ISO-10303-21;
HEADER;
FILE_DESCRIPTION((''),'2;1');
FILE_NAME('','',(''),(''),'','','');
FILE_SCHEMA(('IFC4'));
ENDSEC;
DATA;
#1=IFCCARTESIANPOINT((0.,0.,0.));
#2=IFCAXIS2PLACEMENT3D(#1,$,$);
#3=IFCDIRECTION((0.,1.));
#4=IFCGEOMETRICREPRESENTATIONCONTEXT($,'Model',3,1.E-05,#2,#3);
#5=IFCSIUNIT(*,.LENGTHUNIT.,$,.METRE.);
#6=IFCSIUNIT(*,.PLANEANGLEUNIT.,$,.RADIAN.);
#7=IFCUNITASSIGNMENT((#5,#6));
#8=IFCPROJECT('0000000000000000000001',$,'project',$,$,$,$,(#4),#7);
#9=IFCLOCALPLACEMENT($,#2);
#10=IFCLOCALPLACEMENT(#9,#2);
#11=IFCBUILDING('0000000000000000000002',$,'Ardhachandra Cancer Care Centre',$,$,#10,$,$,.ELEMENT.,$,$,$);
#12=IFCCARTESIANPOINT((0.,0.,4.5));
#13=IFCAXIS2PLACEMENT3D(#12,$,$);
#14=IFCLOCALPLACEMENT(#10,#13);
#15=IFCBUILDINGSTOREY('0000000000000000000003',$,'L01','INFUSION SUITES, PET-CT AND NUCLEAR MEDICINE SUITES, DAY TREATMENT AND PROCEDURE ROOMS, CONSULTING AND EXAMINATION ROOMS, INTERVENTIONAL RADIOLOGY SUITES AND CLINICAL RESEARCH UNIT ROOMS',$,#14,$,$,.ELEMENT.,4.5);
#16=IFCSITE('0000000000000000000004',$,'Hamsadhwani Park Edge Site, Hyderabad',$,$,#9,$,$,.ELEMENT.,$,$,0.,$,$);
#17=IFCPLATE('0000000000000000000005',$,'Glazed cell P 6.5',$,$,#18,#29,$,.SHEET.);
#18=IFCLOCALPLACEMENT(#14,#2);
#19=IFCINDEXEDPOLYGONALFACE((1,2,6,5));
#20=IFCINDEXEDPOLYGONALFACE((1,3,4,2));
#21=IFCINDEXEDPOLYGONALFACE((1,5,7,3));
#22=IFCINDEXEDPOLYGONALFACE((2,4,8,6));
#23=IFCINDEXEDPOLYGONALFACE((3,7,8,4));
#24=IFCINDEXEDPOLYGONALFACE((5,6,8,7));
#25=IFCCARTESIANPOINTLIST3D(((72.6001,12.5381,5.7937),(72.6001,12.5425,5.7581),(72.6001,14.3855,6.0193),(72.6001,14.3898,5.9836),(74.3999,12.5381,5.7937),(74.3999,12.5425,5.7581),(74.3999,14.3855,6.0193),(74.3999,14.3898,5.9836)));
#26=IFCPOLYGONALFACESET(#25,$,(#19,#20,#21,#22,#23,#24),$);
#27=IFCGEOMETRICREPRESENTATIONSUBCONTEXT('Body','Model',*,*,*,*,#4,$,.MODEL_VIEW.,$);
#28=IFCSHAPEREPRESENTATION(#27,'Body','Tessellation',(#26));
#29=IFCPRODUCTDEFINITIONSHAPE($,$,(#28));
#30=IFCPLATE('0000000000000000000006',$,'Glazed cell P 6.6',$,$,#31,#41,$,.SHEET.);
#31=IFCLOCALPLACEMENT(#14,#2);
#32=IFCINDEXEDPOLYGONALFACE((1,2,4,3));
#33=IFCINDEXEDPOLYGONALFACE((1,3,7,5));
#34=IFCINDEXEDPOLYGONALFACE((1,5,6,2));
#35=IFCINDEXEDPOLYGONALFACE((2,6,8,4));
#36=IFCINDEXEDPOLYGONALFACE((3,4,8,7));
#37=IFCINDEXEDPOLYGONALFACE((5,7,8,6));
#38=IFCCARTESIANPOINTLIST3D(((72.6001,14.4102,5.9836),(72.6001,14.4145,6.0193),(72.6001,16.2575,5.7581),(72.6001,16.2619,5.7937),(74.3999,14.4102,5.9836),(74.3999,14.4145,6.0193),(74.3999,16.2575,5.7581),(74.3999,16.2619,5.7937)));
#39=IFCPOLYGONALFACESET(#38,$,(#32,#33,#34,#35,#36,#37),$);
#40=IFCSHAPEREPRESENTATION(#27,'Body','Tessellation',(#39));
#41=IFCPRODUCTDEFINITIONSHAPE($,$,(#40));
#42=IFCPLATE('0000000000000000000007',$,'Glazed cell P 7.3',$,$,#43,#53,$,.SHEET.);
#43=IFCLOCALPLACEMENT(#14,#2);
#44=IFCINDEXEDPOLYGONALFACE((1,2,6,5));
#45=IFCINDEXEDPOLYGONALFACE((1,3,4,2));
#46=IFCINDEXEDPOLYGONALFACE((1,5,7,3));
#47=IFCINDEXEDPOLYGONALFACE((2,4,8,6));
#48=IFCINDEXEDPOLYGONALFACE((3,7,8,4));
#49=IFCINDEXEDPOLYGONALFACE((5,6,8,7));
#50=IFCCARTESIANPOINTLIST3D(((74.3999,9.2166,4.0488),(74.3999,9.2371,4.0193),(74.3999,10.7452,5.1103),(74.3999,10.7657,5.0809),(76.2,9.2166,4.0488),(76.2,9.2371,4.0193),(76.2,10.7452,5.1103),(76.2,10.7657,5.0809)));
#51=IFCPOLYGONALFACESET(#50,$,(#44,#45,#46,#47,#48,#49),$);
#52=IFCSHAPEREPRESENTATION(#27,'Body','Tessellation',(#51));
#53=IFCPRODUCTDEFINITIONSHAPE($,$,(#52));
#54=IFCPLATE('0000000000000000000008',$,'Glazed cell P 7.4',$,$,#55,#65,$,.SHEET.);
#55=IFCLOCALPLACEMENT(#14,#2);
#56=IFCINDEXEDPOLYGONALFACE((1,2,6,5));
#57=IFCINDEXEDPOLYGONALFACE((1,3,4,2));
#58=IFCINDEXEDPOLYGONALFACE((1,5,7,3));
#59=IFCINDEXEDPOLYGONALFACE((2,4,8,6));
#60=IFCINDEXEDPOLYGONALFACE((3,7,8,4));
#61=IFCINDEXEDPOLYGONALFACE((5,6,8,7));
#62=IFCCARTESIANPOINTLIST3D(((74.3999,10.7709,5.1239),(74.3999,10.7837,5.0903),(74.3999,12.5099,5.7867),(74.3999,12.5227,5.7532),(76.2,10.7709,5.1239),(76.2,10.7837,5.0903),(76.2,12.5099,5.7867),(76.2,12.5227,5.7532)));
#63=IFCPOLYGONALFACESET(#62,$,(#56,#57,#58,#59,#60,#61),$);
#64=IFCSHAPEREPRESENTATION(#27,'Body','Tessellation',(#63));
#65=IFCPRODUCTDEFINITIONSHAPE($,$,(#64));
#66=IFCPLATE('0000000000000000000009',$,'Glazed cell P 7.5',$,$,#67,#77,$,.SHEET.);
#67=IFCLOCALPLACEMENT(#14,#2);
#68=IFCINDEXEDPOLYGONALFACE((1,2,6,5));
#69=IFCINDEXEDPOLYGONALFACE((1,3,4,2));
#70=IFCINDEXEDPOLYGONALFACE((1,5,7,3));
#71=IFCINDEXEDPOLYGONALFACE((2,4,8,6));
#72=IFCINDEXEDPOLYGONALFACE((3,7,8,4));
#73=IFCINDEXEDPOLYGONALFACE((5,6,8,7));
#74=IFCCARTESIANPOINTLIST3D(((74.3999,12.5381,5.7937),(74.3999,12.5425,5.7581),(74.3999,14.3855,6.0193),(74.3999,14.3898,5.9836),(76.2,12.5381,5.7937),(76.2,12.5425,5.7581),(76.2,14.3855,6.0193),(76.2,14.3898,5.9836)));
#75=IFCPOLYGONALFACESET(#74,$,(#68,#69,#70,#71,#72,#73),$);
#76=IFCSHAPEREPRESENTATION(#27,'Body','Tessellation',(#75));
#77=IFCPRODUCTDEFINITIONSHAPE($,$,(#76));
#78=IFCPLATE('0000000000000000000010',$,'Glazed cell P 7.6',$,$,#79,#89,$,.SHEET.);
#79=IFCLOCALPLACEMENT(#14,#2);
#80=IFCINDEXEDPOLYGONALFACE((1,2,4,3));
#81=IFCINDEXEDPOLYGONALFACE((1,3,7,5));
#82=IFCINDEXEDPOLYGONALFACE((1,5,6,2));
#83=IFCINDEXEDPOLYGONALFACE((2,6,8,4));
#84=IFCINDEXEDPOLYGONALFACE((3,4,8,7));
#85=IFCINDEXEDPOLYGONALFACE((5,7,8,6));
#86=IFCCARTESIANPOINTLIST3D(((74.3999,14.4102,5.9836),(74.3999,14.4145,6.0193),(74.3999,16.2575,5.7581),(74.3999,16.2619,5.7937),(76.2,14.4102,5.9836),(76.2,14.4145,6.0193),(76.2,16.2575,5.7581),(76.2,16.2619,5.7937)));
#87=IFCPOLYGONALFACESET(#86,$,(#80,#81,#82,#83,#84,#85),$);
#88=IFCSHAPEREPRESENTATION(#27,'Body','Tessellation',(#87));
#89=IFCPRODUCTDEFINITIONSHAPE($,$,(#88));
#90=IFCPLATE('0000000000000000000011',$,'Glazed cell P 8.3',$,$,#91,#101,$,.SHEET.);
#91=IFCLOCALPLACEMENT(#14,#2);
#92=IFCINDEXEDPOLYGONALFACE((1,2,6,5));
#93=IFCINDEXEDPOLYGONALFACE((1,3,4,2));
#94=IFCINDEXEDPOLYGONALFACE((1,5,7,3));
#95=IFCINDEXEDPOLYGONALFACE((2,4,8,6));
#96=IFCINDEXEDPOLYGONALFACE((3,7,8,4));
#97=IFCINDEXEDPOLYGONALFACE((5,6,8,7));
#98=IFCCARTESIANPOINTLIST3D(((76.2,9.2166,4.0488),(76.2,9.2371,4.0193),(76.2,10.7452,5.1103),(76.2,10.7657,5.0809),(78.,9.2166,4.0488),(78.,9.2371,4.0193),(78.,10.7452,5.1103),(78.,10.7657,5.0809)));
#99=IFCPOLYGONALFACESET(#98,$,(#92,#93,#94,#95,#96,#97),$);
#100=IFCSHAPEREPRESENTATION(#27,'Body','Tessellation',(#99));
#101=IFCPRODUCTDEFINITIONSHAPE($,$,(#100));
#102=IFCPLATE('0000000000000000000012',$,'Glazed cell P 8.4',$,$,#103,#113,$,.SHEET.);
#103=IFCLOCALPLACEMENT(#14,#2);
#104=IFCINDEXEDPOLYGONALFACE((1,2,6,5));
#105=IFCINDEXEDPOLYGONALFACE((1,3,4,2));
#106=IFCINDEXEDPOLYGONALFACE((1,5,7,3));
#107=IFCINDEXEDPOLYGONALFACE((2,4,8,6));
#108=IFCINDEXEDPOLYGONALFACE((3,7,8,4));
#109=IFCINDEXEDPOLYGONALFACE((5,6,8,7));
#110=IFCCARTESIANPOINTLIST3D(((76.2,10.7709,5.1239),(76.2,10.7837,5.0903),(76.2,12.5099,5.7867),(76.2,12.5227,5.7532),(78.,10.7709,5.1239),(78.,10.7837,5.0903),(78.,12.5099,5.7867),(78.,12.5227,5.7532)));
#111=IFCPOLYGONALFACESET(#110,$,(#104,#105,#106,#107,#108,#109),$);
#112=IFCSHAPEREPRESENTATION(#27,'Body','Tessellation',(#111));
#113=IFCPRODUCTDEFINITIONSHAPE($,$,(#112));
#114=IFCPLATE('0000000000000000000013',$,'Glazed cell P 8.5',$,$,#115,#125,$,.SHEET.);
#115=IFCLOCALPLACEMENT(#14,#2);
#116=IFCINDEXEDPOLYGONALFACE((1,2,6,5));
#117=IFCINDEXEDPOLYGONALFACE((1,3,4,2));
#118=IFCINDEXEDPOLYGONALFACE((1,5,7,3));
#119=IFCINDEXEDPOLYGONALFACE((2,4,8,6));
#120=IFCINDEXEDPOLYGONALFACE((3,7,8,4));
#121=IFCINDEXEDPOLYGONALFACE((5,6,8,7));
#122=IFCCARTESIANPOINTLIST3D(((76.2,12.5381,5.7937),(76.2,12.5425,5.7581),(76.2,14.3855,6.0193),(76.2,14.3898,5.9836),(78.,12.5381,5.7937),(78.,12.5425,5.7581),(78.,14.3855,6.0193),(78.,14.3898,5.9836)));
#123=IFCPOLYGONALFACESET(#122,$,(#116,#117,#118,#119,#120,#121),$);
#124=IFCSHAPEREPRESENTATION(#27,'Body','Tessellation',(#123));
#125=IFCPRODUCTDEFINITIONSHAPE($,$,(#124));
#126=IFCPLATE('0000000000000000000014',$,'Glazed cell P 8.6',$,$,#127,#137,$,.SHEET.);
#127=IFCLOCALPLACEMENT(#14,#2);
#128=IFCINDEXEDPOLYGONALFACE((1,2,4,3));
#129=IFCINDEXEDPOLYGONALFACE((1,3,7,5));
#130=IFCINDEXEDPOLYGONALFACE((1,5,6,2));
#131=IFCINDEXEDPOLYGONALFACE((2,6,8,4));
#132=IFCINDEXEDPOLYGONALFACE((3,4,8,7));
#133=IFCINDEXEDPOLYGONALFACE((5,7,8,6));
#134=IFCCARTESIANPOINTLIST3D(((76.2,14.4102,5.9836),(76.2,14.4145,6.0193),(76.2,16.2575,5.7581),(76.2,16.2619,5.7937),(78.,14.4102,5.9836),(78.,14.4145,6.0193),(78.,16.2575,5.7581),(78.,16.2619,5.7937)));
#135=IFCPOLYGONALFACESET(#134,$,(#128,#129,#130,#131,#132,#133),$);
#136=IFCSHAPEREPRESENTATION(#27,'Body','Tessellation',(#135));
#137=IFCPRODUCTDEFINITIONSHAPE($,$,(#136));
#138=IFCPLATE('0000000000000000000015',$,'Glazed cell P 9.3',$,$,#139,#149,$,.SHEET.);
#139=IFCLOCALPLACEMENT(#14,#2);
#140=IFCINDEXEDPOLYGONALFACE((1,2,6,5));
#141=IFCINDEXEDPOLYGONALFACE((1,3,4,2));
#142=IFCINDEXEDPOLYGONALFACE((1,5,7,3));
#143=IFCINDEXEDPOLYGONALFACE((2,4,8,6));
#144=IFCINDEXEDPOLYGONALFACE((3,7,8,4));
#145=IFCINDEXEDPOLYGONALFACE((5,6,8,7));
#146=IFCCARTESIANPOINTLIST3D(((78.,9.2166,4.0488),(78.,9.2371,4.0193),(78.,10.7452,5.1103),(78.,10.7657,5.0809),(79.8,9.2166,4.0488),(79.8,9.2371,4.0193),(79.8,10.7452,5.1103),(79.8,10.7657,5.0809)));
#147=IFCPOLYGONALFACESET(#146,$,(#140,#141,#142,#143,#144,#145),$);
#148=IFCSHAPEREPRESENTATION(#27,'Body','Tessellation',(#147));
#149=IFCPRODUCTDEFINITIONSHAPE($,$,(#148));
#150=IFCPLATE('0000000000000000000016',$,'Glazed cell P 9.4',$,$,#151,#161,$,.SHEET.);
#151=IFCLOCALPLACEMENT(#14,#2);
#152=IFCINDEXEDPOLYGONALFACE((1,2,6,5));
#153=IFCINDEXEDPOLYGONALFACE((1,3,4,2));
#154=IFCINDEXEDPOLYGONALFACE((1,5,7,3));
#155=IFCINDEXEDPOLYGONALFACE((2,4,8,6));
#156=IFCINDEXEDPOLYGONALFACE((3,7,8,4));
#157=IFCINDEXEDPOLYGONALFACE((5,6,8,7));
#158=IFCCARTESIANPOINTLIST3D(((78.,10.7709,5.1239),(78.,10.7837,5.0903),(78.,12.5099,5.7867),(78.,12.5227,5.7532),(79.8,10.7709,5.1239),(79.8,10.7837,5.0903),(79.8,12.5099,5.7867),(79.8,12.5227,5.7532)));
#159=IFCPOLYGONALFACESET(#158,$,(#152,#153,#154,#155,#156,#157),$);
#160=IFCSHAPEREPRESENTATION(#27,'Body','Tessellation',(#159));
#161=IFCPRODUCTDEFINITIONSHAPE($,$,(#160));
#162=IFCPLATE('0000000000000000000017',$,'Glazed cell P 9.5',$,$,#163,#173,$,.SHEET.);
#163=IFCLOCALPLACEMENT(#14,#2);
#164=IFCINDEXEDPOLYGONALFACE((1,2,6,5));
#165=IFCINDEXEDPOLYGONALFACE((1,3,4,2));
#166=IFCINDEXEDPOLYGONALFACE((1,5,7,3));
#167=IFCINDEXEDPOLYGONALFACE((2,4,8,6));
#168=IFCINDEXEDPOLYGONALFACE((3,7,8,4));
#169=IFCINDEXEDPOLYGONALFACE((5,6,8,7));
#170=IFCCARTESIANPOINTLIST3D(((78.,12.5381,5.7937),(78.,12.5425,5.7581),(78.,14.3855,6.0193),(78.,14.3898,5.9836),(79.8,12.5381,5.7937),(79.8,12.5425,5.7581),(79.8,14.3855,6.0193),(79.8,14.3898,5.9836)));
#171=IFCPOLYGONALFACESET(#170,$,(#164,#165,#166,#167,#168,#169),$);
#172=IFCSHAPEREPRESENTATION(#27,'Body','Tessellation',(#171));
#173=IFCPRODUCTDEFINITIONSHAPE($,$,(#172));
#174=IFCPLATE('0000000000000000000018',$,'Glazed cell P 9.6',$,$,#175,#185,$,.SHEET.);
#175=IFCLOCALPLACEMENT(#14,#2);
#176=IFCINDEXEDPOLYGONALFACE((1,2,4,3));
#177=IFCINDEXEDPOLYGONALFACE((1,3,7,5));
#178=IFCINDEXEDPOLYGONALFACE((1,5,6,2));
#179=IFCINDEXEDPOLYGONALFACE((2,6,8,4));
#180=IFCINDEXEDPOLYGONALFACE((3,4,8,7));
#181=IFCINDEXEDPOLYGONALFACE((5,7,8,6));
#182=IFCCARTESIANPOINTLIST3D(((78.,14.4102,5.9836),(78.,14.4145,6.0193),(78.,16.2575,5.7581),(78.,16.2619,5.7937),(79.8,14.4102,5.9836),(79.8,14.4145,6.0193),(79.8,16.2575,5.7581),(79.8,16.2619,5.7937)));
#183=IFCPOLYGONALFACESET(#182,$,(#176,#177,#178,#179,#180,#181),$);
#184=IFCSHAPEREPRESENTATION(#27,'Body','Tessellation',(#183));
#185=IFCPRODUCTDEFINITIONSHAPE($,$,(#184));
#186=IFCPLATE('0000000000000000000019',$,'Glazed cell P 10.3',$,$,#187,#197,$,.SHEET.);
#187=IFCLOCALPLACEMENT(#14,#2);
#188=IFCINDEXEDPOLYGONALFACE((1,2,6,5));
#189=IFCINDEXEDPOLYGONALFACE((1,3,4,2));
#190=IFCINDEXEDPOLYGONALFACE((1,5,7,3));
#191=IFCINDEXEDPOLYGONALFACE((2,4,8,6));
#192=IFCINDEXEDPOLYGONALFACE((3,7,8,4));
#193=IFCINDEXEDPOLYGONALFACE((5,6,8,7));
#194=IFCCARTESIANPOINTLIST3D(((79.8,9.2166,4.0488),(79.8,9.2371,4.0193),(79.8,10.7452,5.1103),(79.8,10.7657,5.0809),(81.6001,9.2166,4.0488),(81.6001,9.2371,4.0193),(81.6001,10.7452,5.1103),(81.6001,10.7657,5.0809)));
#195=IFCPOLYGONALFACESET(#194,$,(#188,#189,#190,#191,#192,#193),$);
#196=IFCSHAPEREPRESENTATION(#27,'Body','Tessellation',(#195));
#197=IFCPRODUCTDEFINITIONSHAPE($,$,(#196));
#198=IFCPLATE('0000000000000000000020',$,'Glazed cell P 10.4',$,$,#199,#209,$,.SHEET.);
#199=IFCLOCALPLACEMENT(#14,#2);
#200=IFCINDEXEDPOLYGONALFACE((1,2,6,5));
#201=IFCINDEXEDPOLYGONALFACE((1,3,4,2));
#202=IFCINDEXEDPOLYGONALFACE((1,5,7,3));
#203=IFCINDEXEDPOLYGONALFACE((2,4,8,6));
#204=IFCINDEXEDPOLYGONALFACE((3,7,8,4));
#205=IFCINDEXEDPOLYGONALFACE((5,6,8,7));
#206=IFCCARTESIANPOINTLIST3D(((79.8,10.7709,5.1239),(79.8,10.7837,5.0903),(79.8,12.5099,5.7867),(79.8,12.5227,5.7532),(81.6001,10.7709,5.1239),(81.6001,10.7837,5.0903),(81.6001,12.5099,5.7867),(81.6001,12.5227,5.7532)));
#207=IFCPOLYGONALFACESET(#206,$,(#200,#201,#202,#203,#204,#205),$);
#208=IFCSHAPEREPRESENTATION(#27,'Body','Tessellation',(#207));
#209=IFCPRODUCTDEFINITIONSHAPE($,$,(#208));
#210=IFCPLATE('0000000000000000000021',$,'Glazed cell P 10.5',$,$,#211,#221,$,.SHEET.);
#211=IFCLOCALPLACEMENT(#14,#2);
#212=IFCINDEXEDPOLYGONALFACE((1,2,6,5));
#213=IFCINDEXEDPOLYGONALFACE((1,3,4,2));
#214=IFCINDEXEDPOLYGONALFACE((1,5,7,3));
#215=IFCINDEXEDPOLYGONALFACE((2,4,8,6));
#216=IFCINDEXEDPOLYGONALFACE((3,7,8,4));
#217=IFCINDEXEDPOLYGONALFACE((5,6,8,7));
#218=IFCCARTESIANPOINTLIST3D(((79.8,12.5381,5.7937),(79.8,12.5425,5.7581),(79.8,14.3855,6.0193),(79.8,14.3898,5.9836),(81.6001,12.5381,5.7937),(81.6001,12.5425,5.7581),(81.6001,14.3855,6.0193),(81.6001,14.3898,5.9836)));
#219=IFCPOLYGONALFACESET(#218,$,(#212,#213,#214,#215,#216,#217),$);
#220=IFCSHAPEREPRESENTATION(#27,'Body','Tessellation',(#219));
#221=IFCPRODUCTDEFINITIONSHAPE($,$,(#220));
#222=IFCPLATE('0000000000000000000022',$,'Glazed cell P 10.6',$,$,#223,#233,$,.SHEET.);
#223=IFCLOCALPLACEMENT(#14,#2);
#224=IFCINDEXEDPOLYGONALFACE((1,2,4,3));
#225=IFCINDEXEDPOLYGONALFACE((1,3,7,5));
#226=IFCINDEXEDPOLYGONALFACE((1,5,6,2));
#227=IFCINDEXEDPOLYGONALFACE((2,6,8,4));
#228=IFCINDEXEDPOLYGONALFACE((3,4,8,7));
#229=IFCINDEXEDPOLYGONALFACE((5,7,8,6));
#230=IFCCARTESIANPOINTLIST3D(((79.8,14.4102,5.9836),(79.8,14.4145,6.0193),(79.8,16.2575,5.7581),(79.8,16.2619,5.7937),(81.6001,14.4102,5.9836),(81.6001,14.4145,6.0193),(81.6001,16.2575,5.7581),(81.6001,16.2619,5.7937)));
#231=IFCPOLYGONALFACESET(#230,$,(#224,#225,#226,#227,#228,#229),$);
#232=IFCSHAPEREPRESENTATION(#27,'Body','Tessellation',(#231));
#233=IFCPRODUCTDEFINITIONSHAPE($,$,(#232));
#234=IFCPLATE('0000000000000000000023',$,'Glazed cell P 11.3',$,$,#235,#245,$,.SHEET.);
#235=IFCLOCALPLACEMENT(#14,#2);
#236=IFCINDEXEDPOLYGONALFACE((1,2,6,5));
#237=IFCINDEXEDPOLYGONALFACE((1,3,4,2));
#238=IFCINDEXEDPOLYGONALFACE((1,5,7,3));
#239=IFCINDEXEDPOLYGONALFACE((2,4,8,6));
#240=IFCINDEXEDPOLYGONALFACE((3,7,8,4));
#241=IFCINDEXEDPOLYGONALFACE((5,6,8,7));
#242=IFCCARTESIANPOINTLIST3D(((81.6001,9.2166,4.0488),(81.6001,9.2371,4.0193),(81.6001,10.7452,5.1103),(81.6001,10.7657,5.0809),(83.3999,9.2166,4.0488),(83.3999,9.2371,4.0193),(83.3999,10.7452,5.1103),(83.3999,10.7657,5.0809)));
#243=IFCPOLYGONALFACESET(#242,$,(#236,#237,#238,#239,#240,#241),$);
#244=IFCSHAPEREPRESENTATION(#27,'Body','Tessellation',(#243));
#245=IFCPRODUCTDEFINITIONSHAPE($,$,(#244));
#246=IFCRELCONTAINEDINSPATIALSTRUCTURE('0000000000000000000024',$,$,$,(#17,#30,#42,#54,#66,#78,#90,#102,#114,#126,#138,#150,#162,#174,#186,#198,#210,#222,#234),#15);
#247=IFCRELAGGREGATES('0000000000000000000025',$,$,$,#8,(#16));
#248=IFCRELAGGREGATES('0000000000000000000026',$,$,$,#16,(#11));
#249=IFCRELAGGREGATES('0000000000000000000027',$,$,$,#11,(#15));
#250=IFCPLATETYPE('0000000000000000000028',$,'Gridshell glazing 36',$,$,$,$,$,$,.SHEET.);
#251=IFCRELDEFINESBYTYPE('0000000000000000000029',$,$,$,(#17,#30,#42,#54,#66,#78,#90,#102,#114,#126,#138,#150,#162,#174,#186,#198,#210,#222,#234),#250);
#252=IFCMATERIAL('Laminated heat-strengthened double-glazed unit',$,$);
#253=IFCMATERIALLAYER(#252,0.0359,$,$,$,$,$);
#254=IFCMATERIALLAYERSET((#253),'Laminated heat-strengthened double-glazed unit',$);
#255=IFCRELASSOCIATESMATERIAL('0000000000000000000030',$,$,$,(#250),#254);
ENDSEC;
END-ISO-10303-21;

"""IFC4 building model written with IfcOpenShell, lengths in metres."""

from ifc_helpers import new_model, si_unit, direction, frame, origin, place, context, subcontext, project, spatial, polyline, outline, extrude, material, layer, layer_set, type_object, element, save


model = new_model("IFC4")

# Units and contexts
model_context = context("Model", 3, precision=1e-05, world=origin(), true_north=direction((0.0, 1.0)))
body_context = subcontext(model_context, "Body", "Model", "MODEL_VIEW")
ifc_project = project(units=[si_unit("LENGTHUNIT", "METRE"), si_unit("PLANEANGLEUNIT", "RADIAN")], contexts=[model_context])

# Site, building, storey
site_placement = place(None, origin())
site = spatial("IfcSite", under=ifc_project, at=site_placement, Name="Hamsadhwani Park Edge Site, Hyderabad", CompositionType="ELEMENT", RefElevation=0.0)
building_placement = place(site_placement, origin())
building = spatial("IfcBuilding", under=site, at=building_placement, Name="Ardhachandra Cancer Care Centre", CompositionType="ELEMENT")
storey_placement = place(building_placement, frame((0.0, 0.0, 4.5)))
storey = spatial("IfcBuildingStorey", under=building, at=storey_placement, Name="L01", Description="INFUSION SUITES, PET-CT AND NUCLEAR MEDICINE SUITES, DAY TREATMENT AND PROCEDURE ROOMS, CONSULTING AND EXAMINATION ROOMS, INTERVENTIONAL RADIOLOGY SUITES AND CLINICAL RESEARCH UNIT ROOMS", CompositionType="ELEMENT", Elevation=4.5)

# Plates
ifc_material_1 = material(Name="Laminated heat-strengthened double-glazed unit")
ifc_layer_1 = layer(ifc_material_1, 0.0359)
ifc_layer_set_1 = layer_set([ifc_layer_1], Name="Laminated heat-strengthened double-glazed unit")
plate_type_1 = type_object("IfcPlateType", Name="Gridshell glazing 36", PredefinedType="SHEET", material=ifc_layer_set_1)
for number, where, z_axis, x_axis, name in (
    (1, (72.6001, 12.5425, 5.7581), (0.0, -0.121209, 0.992627), (1.0, 0.0, 0.0), "Glazed cell P 6.5"),
    (2, (72.6001, 14.4102, 5.9836), (0.0, 0.121209, 0.992627), (1.0, 0.0, 0.0), "Glazed cell P 6.6"),
):
    element("IfcPlate", number, at=place(storey_placement, frame(where, z_axis=z_axis, x_axis=x_axis)), inside=storey, type_object=plate_type_1, Name=name, PredefinedType="SHEET", context=body_context, shape_type="SweptSolid", body=[
        extrude(outline(polyline([(0.0, 0.0), (1.7998, 0.0), (1.7998, 1.8611), (0.0, 1.8611), (0.0, 0.0)])), origin(), (0.0, 0.0, 1.0), 0.0359),
    ])
for number, where, z_axis, x_axis, name in (
    (3, (74.3999, 9.2371, 4.0193), (0.0, -0.570403, 0.821365), (1.0, 0.0, 0.0), "Glazed cell P 7.3"),
    (4, (74.3999, 10.7837, 5.0903), (0.0, -0.356164, 0.934423), (1.0, 0.0, 0.0), "Glazed cell P 7.4"),
    (5, (74.3999, 12.5425, 5.7581), (0.0, -0.121209, 0.992627), (1.0, 0.0, 0.0), "Glazed cell P 7.5"),
    (6, (74.3999, 14.4102, 5.9836), (0.0, 0.121209, 0.992627), (1.0, 0.0, 0.0), "Glazed cell P 7.6"),
    (7, (76.2, 9.2371, 4.0193), (0.0, -0.570403, 0.821365), (1.0, 0.0, 0.0), "Glazed cell P 8.3"),
    (8, (76.2, 10.7837, 5.0903), (0.0, -0.356164, 0.934423), (1.0, 0.0, 0.0), "Glazed cell P 8.4"),
    (9, (76.2, 12.5425, 5.7581), (0.0, -0.121209, 0.992627), (1.0, 0.0, 0.0), "Glazed cell P 8.5"),
    (10, (76.2, 14.4102, 5.9836), (0.0, 0.121209, 0.992627), (1.0, 0.0, 0.0), "Glazed cell P 8.6"),
    (11, (78.0, 9.2371, 4.0193), (0.0, -0.570403, 0.821365), (1.0, 0.0, 0.0), "Glazed cell P 9.3"),
    (12, (78.0, 10.7837, 5.0903), (0.0, -0.356164, 0.934423), (1.0, 0.0, 0.0), "Glazed cell P 9.4"),
    (13, (78.0, 12.5425, 5.7581), (0.0, -0.121209, 0.992627), (1.0, 0.0, 0.0), "Glazed cell P 9.5"),
    (14, (78.0, 14.4102, 5.9836), (0.0, 0.121209, 0.992627), (1.0, 0.0, 0.0), "Glazed cell P 9.6"),
    (15, (79.8, 9.2371, 4.0193), (0.0, -0.570403, 0.821365), (1.0, 0.0, 0.0), "Glazed cell P 10.3"),
    (16, (79.8, 10.7837, 5.0903), (0.0, -0.356164, 0.934423), (1.0, 0.0, 0.0), "Glazed cell P 10.4"),
    (17, (79.8, 12.5425, 5.7581), (0.0, -0.121209, 0.992627), (1.0, 0.0, 0.0), "Glazed cell P 10.5"),
    (18, (79.8, 14.4102, 5.9836), (0.0, 0.121209, 0.992627), (1.0, 0.0, 0.0), "Glazed cell P 10.6"),
):
    element("IfcPlate", number, at=place(storey_placement, frame(where, z_axis=z_axis, x_axis=x_axis)), inside=storey, type_object=plate_type_1, Name=name, PredefinedType="SHEET", context=body_context, shape_type="SweptSolid", body=[
        extrude(outline(polyline([(0.0, 0.0), (1.8, 0.0), (1.8, 1.8611), (0.0, 1.8611), (0.0, 0.0)])), origin(), (0.0, 0.0, 1.0), 0.0359),
    ])
for number, where, z_axis, x_axis, name in (
    (19, (81.6001, 9.2371, 4.0193), (0.0, -0.570403, 0.821365), (1.0, 0.0, 0.0), "Glazed cell P 11.3"),
):
    element("IfcPlate", number, at=place(storey_placement, frame(where, z_axis=z_axis, x_axis=x_axis)), inside=storey, type_object=plate_type_1, Name=name, PredefinedType="SHEET", context=body_context, shape_type="SweptSolid", body=[
        extrude(outline(polyline([(0.0, 0.0), (1.7998, 0.0), (1.7998, 1.8611), (0.0, 1.8611), (0.0, 0.0)])), origin(), (0.0, 0.0, 1.0), 0.0359),
    ])

save(model, "model.ifc")
